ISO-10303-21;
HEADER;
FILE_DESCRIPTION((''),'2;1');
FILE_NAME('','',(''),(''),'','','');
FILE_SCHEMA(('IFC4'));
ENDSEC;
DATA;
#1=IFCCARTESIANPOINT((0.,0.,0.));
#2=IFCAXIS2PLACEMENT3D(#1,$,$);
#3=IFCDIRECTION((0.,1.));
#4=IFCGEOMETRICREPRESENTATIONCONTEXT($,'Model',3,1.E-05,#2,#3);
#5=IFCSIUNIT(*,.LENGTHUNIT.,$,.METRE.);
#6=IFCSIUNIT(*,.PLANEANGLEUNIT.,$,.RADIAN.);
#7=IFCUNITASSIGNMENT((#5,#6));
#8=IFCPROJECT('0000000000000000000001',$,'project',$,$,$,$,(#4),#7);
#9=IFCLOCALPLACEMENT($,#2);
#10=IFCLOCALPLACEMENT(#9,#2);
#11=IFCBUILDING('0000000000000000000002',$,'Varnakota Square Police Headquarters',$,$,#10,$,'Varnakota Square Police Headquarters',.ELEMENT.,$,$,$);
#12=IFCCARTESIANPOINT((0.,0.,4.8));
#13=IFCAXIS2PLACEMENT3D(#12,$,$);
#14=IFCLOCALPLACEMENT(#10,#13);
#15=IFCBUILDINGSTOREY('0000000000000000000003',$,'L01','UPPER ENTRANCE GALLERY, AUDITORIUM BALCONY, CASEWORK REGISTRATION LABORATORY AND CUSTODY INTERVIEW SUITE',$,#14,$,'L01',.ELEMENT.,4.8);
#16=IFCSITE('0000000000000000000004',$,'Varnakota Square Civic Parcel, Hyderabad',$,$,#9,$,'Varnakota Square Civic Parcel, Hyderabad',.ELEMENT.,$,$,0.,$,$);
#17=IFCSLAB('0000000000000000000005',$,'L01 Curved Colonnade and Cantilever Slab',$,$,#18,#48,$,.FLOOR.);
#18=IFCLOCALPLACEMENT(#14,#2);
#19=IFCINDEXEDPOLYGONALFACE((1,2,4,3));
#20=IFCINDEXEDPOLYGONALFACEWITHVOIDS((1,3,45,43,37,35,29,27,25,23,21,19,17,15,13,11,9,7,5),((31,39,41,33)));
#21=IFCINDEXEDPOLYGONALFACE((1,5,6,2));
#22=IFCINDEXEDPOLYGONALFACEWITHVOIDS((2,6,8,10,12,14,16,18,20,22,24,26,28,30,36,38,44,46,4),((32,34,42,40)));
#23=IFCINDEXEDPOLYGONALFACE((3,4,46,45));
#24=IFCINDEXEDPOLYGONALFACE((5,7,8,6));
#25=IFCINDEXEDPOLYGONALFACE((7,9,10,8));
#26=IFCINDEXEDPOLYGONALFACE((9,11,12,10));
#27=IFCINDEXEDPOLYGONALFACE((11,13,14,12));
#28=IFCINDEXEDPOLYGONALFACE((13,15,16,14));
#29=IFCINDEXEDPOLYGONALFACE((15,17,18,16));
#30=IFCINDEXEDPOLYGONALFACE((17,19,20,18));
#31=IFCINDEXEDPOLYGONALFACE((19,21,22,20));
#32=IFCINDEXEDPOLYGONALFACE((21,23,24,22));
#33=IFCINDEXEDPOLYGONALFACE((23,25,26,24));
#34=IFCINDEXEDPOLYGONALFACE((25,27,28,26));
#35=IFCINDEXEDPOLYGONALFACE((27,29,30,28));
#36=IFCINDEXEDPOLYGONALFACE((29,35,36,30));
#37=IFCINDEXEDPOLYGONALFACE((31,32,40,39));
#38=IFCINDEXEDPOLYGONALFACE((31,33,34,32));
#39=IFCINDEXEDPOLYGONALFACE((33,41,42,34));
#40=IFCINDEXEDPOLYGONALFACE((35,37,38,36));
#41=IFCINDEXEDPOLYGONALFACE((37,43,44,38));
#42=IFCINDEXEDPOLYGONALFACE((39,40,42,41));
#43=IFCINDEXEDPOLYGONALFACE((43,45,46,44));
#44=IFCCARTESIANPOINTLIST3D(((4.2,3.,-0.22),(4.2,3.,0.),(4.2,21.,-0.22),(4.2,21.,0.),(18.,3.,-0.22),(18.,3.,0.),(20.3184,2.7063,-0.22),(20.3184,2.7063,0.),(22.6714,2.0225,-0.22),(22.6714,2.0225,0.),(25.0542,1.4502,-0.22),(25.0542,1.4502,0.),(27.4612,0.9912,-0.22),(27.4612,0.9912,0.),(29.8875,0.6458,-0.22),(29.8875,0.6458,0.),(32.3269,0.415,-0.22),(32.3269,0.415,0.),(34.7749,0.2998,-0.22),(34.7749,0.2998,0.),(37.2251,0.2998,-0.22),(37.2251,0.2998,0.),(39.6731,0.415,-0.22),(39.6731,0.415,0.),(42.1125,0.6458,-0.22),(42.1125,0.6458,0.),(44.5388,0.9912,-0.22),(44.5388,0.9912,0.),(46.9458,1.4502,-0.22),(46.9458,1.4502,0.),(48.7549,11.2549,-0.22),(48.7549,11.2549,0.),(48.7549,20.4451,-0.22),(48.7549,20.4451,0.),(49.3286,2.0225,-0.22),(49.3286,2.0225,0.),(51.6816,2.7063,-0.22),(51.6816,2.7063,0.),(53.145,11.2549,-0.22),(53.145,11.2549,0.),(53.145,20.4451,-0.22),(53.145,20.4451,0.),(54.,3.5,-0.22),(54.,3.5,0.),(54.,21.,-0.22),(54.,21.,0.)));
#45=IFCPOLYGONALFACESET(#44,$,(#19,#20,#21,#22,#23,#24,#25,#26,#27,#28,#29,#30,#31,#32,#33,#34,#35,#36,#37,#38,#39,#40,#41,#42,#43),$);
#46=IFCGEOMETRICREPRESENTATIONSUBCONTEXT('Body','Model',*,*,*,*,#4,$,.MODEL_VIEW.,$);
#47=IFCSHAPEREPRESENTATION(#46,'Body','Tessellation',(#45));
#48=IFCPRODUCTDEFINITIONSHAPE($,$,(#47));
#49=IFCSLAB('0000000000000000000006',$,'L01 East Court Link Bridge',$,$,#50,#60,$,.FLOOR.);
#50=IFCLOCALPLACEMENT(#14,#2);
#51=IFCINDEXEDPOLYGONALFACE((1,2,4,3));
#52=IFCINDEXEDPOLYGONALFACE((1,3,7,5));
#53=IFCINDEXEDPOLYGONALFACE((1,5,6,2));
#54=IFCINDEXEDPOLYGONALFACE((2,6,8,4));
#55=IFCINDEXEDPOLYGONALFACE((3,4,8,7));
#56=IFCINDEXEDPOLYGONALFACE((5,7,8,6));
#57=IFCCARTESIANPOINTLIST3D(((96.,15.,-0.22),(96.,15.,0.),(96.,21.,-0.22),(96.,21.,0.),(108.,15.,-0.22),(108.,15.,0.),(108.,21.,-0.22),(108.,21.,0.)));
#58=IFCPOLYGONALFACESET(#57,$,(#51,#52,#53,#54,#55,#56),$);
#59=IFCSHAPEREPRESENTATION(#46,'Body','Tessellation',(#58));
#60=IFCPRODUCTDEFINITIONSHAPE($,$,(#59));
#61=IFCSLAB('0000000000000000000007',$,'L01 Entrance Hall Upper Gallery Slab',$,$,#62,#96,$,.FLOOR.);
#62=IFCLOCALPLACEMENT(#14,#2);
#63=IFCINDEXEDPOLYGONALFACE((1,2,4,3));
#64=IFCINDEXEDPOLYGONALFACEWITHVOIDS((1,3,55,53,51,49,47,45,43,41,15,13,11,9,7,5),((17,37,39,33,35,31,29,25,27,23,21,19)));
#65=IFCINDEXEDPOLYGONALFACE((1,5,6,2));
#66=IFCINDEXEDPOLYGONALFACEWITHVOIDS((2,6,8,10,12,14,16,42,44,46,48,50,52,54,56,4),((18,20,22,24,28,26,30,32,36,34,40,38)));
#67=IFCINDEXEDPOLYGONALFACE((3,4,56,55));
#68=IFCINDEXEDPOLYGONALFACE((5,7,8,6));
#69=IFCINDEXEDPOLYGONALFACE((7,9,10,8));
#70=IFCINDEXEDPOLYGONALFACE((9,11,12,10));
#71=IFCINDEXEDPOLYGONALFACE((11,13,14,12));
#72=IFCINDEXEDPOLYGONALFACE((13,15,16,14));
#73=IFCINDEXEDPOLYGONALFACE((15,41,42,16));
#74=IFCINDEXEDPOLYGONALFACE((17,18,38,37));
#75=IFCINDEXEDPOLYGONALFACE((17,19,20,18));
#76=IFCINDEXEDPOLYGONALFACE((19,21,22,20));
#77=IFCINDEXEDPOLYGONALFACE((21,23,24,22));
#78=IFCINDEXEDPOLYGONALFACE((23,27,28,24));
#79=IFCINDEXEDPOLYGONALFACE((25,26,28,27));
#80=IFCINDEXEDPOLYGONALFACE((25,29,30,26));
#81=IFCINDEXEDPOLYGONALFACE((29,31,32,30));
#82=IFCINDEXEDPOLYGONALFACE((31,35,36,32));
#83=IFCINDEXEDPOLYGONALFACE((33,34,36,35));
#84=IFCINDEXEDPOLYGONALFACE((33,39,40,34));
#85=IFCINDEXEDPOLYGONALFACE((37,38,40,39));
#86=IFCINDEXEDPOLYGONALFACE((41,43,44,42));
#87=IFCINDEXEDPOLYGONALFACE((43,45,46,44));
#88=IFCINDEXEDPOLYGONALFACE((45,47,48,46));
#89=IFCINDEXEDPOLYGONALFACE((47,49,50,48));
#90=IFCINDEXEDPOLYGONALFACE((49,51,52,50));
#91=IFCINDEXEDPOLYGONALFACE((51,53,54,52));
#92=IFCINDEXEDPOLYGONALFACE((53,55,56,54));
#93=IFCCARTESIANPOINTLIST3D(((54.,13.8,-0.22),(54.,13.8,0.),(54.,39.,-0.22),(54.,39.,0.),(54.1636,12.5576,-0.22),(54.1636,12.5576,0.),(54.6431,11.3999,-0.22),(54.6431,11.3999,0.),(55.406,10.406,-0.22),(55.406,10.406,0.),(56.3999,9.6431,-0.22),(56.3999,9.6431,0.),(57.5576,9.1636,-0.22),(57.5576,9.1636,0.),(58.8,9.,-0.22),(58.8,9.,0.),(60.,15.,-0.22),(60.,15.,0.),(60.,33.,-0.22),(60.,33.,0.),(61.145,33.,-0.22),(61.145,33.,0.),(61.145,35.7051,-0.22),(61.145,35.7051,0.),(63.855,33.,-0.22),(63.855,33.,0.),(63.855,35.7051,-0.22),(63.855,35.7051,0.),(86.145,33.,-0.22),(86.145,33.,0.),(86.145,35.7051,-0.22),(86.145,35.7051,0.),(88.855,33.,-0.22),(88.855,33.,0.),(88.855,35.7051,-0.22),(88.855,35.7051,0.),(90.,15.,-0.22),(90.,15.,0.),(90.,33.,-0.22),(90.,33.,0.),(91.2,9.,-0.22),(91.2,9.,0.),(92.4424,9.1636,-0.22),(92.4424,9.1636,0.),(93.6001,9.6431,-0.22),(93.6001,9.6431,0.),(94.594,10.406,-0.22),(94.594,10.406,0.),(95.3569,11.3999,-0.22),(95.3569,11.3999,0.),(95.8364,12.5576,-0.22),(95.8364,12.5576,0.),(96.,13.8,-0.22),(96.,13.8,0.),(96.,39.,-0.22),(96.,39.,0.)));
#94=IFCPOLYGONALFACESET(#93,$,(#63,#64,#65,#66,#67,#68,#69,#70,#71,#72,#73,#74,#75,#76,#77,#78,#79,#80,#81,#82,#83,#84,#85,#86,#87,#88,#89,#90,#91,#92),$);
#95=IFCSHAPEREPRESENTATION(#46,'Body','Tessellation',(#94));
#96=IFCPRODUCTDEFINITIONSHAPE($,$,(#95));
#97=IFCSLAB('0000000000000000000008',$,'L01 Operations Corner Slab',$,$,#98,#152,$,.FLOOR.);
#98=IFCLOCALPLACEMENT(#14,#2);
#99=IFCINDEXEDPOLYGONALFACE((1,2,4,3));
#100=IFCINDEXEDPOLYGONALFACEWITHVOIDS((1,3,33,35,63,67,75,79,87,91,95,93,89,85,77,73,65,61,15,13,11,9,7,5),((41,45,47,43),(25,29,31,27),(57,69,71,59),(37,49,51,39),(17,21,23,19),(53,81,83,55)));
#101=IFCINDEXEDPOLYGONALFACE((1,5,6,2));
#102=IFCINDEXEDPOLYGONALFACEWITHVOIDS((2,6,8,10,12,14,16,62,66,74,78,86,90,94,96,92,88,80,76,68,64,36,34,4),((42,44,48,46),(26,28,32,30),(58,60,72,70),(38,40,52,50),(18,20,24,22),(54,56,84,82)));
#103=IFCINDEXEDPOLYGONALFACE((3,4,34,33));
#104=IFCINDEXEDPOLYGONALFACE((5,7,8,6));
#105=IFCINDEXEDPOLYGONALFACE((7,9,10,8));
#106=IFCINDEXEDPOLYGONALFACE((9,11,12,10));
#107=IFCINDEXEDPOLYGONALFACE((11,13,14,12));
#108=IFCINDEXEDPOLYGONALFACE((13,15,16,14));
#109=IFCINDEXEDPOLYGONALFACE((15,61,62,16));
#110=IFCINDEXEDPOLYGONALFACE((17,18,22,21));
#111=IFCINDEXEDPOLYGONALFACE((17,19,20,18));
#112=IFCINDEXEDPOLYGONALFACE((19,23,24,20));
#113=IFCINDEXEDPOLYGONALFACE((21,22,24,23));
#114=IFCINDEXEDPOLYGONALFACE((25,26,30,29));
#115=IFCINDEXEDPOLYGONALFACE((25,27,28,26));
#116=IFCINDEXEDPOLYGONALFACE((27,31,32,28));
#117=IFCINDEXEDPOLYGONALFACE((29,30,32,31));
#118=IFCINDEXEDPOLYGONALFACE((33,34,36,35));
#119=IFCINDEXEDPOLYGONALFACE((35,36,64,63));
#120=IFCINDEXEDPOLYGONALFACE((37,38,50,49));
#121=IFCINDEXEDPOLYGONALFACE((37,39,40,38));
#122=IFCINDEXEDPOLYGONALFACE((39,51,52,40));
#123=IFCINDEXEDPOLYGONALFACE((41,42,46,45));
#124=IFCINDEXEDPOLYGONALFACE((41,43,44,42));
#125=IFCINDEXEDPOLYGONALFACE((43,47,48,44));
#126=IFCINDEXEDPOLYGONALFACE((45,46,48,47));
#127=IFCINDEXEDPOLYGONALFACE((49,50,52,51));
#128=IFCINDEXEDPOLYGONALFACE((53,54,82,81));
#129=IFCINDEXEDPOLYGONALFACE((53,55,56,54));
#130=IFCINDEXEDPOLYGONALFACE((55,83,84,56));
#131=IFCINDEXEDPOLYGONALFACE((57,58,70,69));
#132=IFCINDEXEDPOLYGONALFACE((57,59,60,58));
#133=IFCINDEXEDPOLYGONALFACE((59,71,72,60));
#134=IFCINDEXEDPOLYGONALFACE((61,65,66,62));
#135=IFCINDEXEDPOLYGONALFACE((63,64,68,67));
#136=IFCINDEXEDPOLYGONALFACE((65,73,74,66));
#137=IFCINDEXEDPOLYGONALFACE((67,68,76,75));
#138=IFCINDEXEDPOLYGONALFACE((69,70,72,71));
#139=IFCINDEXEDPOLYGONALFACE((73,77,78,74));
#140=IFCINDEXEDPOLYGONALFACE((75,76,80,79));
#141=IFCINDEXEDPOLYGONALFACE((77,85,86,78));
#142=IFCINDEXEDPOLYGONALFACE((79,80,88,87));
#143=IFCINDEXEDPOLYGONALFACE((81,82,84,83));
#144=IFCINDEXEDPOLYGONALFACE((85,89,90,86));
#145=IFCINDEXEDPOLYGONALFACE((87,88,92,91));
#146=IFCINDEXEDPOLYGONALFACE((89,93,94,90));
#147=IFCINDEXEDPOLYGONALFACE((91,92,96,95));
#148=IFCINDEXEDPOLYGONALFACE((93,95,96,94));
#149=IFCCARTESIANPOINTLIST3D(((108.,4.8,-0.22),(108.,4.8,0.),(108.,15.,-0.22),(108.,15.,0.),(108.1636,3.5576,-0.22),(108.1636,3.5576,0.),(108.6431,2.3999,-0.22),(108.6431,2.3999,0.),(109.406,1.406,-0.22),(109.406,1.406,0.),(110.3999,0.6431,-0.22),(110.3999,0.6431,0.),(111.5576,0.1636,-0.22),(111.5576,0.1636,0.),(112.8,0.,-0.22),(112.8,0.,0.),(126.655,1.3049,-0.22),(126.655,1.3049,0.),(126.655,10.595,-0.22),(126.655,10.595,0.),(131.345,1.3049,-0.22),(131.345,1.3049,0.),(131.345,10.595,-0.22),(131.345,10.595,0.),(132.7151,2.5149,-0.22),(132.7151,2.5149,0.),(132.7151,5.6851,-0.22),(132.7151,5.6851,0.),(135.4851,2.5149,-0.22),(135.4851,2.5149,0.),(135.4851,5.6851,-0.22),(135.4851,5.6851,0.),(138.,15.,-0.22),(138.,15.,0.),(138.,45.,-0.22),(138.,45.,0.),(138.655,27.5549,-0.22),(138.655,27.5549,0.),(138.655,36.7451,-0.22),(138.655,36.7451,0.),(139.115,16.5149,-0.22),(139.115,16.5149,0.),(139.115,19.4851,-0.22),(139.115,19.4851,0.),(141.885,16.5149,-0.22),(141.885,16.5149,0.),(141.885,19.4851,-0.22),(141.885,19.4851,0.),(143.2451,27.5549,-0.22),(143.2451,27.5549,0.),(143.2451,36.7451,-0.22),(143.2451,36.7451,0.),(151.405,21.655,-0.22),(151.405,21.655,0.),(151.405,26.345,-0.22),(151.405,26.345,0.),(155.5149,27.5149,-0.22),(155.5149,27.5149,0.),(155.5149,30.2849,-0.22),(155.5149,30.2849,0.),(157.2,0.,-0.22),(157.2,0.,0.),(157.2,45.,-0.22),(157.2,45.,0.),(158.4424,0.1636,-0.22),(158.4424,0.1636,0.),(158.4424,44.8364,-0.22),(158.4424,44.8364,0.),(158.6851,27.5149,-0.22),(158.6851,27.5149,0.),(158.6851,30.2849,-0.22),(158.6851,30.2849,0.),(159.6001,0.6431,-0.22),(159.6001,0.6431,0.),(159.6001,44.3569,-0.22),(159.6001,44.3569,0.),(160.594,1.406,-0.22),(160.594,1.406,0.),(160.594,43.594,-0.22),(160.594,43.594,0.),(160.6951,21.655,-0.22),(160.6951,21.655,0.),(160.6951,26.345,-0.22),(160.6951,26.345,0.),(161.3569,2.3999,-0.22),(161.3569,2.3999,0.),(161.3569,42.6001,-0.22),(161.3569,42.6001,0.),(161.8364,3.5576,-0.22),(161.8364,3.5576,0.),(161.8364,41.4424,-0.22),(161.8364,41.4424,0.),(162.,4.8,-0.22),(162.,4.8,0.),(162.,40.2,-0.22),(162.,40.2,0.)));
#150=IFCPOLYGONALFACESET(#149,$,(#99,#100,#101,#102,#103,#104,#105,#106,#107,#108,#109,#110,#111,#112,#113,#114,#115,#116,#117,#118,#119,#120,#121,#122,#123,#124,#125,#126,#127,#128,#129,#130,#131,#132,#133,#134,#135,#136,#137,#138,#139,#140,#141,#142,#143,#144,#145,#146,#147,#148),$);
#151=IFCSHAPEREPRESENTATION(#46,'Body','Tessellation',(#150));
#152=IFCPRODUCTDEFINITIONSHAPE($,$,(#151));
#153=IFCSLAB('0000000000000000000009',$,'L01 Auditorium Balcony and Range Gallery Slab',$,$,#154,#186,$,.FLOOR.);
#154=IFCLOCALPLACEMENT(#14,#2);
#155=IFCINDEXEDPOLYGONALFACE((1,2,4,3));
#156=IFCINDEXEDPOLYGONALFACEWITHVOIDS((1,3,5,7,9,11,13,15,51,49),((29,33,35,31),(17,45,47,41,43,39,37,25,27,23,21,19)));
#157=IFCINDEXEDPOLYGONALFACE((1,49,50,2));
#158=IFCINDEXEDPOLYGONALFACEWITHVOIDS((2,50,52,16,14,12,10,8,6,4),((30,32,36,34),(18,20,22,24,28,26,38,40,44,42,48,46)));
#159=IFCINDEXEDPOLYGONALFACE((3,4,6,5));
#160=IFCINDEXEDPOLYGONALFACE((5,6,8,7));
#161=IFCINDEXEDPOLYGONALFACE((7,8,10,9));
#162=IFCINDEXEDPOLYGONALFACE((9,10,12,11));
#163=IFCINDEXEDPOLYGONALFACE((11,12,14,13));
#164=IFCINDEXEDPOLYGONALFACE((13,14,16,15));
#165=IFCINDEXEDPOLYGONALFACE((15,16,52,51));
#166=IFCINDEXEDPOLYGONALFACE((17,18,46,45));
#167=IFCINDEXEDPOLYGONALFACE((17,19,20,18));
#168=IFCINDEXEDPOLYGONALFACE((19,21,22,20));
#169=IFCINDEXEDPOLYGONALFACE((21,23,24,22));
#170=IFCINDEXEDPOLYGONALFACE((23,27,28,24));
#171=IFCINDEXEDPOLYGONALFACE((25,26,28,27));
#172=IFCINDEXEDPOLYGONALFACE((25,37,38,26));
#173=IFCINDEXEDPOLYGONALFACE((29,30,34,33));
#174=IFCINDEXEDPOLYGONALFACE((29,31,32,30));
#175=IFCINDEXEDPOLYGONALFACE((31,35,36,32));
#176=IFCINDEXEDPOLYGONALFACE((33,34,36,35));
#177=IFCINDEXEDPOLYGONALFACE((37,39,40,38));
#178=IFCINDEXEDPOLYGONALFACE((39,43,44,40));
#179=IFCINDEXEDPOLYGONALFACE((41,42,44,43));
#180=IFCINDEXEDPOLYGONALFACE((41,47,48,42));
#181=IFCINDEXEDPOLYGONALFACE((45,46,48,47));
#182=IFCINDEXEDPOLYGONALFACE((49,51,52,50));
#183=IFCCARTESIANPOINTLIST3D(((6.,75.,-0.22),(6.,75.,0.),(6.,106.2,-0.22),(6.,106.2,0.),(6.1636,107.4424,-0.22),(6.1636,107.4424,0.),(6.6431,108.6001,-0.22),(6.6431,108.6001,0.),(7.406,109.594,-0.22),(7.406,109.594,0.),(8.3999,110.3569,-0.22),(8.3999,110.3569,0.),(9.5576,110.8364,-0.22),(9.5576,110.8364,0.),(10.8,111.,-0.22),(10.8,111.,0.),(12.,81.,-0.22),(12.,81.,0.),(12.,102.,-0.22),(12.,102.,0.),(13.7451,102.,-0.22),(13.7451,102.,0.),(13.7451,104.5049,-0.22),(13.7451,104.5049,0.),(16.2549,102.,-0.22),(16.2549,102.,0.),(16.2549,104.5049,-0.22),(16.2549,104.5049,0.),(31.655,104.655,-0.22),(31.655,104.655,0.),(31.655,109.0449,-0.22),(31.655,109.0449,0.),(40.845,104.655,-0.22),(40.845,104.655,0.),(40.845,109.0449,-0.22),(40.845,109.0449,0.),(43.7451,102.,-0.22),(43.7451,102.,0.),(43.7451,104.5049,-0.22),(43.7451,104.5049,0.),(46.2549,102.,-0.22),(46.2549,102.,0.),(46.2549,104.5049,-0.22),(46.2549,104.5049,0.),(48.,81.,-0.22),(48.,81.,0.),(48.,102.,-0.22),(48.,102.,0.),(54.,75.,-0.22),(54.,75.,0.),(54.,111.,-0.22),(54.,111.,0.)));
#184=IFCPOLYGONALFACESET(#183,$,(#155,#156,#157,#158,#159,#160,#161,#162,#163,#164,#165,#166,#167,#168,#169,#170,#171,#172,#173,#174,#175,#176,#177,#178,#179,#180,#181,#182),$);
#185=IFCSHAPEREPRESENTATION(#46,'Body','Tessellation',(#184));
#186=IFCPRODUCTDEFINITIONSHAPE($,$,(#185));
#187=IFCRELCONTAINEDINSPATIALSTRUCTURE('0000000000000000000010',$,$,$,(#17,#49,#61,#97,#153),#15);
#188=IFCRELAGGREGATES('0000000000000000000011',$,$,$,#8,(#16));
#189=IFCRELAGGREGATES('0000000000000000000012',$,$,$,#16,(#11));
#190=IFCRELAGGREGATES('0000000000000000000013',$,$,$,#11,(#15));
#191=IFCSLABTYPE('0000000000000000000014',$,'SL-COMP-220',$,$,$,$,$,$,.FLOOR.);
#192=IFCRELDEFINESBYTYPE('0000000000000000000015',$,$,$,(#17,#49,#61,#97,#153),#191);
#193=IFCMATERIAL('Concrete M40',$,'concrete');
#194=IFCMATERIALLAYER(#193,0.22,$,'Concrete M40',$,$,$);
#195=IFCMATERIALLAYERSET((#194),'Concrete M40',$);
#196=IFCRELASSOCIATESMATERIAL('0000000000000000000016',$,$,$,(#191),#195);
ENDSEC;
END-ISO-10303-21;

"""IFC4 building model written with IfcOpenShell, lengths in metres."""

from ifc_helpers import new_model, si_unit, direction, frame, origin, place, context, subcontext, project, spatial, polyline, outline, extrude, material, layer, layer_set, type_object, element, save


model = new_model("IFC4")

# Units and contexts
model_context = context("Model", 3, precision=1e-05, world=origin(), true_north=direction((0.0, 1.0)))
body_context = subcontext(model_context, "Body", "Model", "MODEL_VIEW")
ifc_project = project(units=[si_unit("LENGTHUNIT", "METRE"), si_unit("PLANEANGLEUNIT", "RADIAN")], contexts=[model_context])

# Site, building, storey
site_placement = place(None, origin())
site = spatial("IfcSite", under=ifc_project, at=site_placement, Name="Varnakota Square Civic Parcel, Hyderabad", LongName="Varnakota Square Civic Parcel, Hyderabad", CompositionType="ELEMENT", RefElevation=0.0)
building_placement = place(site_placement, origin())
building = spatial("IfcBuilding", under=site, at=building_placement, Name="Varnakota Square Police Headquarters", LongName="Varnakota Square Police Headquarters", CompositionType="ELEMENT")
storey_placement = place(building_placement, frame((0.0, 0.0, 4.8)))
storey = spatial("IfcBuildingStorey", under=building, at=storey_placement, Name="L01", Description="UPPER ENTRANCE GALLERY, AUDITORIUM BALCONY, CASEWORK REGISTRATION LABORATORY AND CUSTODY INTERVIEW SUITE", LongName="L01", CompositionType="ELEMENT", Elevation=4.8)

# Slabs
ifc_material = material(Name="Concrete M40", Category="concrete")
ifc_layer_1 = layer(ifc_material, 0.22, Name="Concrete M40")
ifc_layer_set_1 = layer_set([ifc_layer_1], Name="Concrete M40")
slab_type_1 = type_object("IfcSlabType", Name="SL-COMP-220", PredefinedType="FLOOR", material=ifc_layer_set_1)
slab_1_placement = place(storey_placement, frame((0.0, 0.0, -0.22)))
element("IfcSlab", 1, at=slab_1_placement, inside=storey, type_object=slab_type_1, Name="L01 Curved Colonnade and Cantilever Slab", PredefinedType="FLOOR", context=body_context, shape_type="SweptSolid", body=[
    extrude(outline(polyline([(4.2, 3.0), (18.0, 3.0), (20.3184, 2.7063), (22.6714, 2.0225), (25.0542, 1.4502), (27.4612, 0.9912), (29.8875, 0.6458), (32.3269, 0.415), (34.7749, 0.2998), (37.2251, 0.2998), (39.6731, 0.415), (42.1125, 0.6458), (44.5388, 0.9912), (46.9458, 1.4502), (49.3286, 2.0225), (51.6816, 2.7063), (54.0, 3.5), (54.0, 21.0), (4.2, 21.0), (4.2, 3.0)]), holes=[polyline([(48.7549, 11.2549), (53.145, 11.2549), (53.145, 20.4451), (48.7549, 20.4451), (48.7549, 11.2549)])]), origin(), (0.0, 0.0, 1.0), 0.22),
])
slab_2_placement = place(storey_placement, frame((0.0, 0.0, -0.22)))
element("IfcSlab", 2, at=slab_2_placement, inside=storey, type_object=slab_type_1, Name="L01 East Court Link Bridge", PredefinedType="FLOOR", context=body_context, shape_type="SweptSolid", body=[
    extrude(outline(polyline([(96.0, 15.0), (108.0, 15.0), (108.0, 21.0), (96.0, 21.0), (96.0, 15.0)])), origin(), (0.0, 0.0, 1.0), 0.22),
])
slab_3_placement = place(storey_placement, frame((0.0, 0.0, -0.22)))
element("IfcSlab", 3, at=slab_3_placement, inside=storey, type_object=slab_type_1, Name="L01 Entrance Hall Upper Gallery Slab", PredefinedType="FLOOR", context=body_context, shape_type="SweptSolid", body=[
    extrude(outline(polyline([(54.0, 13.8), (54.1636, 12.5576), (54.6431, 11.3999), (55.406, 10.406), (56.3999, 9.6431), (57.5576, 9.1636), (58.8, 9.0), (91.2, 9.0), (92.4424, 9.1636), (93.6001, 9.6431), (94.594, 10.406), (95.3569, 11.3999), (95.8364, 12.5576), (96.0, 13.8), (96.0, 39.0), (54.0, 39.0), (54.0, 13.8)]), holes=[polyline([(60.0, 15.0), (90.0, 15.0), (90.0, 33.0), (88.855, 33.0), (88.855, 35.7051), (86.145, 35.7051), (86.145, 33.0), (63.855, 33.0), (63.855, 35.7051), (61.145, 35.7051), (61.145, 33.0), (60.0, 33.0), (60.0, 15.0)])]), origin(), (0.0, 0.0, 1.0), 0.22),
])
slab_4_placement = place(storey_placement, frame((0.0, 0.0, -0.22)))
element("IfcSlab", 4, at=slab_4_placement, inside=storey, type_object=slab_type_1, Name="L01 Operations Corner Slab", PredefinedType="FLOOR", context=body_context, shape_type="SweptSolid", body=[
    extrude(outline(polyline([(108.0, 4.8), (108.1636, 3.5576), (108.6431, 2.3999), (109.406, 1.406), (110.3999, 0.6431), (111.5576, 0.1636), (112.8, 0.0), (157.2, 0.0), (158.4424, 0.1636), (159.6001, 0.6431), (160.594, 1.406), (161.3569, 2.3999), (161.8364, 3.5576), (162.0, 4.8), (162.0, 40.2), (161.8364, 41.4424), (161.3569, 42.6001), (160.594, 43.594), (159.6001, 44.3569), (158.4424, 44.8364), (157.2, 45.0), (138.0, 45.0), (138.0, 15.0), (108.0, 15.0), (108.0, 4.8)]), holes=[polyline([(126.655, 1.3049), (131.345, 1.3049), (131.345, 10.595), (126.655, 10.595), (126.655, 1.3049)]), polyline([(132.7151, 2.5149), (135.4851, 2.5149), (135.4851, 5.6851), (132.7151, 5.6851), (132.7151, 2.5149)]), polyline([(151.405, 21.655), (160.6951, 21.655), (160.6951, 26.345), (151.405, 26.345), (151.405, 21.655)]), polyline([(155.5149, 27.5149), (158.6851, 27.5149), (158.6851, 30.2849), (155.5149, 30.2849), (155.5149, 27.5149)]), polyline([(138.655, 27.5549), (143.2451, 27.5549), (143.2451, 36.7451), (138.655, 36.7451), (138.655, 27.5549)]), polyline([(139.115, 16.5149), (141.885, 16.5149), (141.885, 19.4851), (139.115, 19.4851), (139.115, 16.5149)])]), origin(), (0.0, 0.0, 1.0), 0.22),
])
slab_5_placement = place(storey_placement, frame((0.0, 0.0, -0.22)))
element("IfcSlab", 5, at=slab_5_placement, inside=storey, type_object=slab_type_1, Name="L01 Auditorium Balcony and Range Gallery Slab", PredefinedType="FLOOR", context=body_context, shape_type="SweptSolid", body=[
    extrude(outline(polyline([(6.0, 75.0), (54.0, 75.0), (54.0, 111.0), (10.8, 111.0), (9.5576, 110.8364), (8.3999, 110.3569), (7.406, 109.594), (6.6431, 108.6001), (6.1636, 107.4424), (6.0, 106.2), (6.0, 75.0)]), holes=[polyline([(12.0, 81.0), (48.0, 81.0), (48.0, 102.0), (46.2549, 102.0), (46.2549, 104.5049), (43.7451, 104.5049), (43.7451, 102.0), (16.2549, 102.0), (16.2549, 104.5049), (13.7451, 104.5049), (13.7451, 102.0), (12.0, 102.0), (12.0, 81.0)]), polyline([(31.655, 104.655), (40.845, 104.655), (40.845, 109.0449), (31.655, 109.0449), (31.655, 104.655)])]), origin(), (0.0, 0.0, 1.0), 0.22),
])

save(model, "model.ifc")
